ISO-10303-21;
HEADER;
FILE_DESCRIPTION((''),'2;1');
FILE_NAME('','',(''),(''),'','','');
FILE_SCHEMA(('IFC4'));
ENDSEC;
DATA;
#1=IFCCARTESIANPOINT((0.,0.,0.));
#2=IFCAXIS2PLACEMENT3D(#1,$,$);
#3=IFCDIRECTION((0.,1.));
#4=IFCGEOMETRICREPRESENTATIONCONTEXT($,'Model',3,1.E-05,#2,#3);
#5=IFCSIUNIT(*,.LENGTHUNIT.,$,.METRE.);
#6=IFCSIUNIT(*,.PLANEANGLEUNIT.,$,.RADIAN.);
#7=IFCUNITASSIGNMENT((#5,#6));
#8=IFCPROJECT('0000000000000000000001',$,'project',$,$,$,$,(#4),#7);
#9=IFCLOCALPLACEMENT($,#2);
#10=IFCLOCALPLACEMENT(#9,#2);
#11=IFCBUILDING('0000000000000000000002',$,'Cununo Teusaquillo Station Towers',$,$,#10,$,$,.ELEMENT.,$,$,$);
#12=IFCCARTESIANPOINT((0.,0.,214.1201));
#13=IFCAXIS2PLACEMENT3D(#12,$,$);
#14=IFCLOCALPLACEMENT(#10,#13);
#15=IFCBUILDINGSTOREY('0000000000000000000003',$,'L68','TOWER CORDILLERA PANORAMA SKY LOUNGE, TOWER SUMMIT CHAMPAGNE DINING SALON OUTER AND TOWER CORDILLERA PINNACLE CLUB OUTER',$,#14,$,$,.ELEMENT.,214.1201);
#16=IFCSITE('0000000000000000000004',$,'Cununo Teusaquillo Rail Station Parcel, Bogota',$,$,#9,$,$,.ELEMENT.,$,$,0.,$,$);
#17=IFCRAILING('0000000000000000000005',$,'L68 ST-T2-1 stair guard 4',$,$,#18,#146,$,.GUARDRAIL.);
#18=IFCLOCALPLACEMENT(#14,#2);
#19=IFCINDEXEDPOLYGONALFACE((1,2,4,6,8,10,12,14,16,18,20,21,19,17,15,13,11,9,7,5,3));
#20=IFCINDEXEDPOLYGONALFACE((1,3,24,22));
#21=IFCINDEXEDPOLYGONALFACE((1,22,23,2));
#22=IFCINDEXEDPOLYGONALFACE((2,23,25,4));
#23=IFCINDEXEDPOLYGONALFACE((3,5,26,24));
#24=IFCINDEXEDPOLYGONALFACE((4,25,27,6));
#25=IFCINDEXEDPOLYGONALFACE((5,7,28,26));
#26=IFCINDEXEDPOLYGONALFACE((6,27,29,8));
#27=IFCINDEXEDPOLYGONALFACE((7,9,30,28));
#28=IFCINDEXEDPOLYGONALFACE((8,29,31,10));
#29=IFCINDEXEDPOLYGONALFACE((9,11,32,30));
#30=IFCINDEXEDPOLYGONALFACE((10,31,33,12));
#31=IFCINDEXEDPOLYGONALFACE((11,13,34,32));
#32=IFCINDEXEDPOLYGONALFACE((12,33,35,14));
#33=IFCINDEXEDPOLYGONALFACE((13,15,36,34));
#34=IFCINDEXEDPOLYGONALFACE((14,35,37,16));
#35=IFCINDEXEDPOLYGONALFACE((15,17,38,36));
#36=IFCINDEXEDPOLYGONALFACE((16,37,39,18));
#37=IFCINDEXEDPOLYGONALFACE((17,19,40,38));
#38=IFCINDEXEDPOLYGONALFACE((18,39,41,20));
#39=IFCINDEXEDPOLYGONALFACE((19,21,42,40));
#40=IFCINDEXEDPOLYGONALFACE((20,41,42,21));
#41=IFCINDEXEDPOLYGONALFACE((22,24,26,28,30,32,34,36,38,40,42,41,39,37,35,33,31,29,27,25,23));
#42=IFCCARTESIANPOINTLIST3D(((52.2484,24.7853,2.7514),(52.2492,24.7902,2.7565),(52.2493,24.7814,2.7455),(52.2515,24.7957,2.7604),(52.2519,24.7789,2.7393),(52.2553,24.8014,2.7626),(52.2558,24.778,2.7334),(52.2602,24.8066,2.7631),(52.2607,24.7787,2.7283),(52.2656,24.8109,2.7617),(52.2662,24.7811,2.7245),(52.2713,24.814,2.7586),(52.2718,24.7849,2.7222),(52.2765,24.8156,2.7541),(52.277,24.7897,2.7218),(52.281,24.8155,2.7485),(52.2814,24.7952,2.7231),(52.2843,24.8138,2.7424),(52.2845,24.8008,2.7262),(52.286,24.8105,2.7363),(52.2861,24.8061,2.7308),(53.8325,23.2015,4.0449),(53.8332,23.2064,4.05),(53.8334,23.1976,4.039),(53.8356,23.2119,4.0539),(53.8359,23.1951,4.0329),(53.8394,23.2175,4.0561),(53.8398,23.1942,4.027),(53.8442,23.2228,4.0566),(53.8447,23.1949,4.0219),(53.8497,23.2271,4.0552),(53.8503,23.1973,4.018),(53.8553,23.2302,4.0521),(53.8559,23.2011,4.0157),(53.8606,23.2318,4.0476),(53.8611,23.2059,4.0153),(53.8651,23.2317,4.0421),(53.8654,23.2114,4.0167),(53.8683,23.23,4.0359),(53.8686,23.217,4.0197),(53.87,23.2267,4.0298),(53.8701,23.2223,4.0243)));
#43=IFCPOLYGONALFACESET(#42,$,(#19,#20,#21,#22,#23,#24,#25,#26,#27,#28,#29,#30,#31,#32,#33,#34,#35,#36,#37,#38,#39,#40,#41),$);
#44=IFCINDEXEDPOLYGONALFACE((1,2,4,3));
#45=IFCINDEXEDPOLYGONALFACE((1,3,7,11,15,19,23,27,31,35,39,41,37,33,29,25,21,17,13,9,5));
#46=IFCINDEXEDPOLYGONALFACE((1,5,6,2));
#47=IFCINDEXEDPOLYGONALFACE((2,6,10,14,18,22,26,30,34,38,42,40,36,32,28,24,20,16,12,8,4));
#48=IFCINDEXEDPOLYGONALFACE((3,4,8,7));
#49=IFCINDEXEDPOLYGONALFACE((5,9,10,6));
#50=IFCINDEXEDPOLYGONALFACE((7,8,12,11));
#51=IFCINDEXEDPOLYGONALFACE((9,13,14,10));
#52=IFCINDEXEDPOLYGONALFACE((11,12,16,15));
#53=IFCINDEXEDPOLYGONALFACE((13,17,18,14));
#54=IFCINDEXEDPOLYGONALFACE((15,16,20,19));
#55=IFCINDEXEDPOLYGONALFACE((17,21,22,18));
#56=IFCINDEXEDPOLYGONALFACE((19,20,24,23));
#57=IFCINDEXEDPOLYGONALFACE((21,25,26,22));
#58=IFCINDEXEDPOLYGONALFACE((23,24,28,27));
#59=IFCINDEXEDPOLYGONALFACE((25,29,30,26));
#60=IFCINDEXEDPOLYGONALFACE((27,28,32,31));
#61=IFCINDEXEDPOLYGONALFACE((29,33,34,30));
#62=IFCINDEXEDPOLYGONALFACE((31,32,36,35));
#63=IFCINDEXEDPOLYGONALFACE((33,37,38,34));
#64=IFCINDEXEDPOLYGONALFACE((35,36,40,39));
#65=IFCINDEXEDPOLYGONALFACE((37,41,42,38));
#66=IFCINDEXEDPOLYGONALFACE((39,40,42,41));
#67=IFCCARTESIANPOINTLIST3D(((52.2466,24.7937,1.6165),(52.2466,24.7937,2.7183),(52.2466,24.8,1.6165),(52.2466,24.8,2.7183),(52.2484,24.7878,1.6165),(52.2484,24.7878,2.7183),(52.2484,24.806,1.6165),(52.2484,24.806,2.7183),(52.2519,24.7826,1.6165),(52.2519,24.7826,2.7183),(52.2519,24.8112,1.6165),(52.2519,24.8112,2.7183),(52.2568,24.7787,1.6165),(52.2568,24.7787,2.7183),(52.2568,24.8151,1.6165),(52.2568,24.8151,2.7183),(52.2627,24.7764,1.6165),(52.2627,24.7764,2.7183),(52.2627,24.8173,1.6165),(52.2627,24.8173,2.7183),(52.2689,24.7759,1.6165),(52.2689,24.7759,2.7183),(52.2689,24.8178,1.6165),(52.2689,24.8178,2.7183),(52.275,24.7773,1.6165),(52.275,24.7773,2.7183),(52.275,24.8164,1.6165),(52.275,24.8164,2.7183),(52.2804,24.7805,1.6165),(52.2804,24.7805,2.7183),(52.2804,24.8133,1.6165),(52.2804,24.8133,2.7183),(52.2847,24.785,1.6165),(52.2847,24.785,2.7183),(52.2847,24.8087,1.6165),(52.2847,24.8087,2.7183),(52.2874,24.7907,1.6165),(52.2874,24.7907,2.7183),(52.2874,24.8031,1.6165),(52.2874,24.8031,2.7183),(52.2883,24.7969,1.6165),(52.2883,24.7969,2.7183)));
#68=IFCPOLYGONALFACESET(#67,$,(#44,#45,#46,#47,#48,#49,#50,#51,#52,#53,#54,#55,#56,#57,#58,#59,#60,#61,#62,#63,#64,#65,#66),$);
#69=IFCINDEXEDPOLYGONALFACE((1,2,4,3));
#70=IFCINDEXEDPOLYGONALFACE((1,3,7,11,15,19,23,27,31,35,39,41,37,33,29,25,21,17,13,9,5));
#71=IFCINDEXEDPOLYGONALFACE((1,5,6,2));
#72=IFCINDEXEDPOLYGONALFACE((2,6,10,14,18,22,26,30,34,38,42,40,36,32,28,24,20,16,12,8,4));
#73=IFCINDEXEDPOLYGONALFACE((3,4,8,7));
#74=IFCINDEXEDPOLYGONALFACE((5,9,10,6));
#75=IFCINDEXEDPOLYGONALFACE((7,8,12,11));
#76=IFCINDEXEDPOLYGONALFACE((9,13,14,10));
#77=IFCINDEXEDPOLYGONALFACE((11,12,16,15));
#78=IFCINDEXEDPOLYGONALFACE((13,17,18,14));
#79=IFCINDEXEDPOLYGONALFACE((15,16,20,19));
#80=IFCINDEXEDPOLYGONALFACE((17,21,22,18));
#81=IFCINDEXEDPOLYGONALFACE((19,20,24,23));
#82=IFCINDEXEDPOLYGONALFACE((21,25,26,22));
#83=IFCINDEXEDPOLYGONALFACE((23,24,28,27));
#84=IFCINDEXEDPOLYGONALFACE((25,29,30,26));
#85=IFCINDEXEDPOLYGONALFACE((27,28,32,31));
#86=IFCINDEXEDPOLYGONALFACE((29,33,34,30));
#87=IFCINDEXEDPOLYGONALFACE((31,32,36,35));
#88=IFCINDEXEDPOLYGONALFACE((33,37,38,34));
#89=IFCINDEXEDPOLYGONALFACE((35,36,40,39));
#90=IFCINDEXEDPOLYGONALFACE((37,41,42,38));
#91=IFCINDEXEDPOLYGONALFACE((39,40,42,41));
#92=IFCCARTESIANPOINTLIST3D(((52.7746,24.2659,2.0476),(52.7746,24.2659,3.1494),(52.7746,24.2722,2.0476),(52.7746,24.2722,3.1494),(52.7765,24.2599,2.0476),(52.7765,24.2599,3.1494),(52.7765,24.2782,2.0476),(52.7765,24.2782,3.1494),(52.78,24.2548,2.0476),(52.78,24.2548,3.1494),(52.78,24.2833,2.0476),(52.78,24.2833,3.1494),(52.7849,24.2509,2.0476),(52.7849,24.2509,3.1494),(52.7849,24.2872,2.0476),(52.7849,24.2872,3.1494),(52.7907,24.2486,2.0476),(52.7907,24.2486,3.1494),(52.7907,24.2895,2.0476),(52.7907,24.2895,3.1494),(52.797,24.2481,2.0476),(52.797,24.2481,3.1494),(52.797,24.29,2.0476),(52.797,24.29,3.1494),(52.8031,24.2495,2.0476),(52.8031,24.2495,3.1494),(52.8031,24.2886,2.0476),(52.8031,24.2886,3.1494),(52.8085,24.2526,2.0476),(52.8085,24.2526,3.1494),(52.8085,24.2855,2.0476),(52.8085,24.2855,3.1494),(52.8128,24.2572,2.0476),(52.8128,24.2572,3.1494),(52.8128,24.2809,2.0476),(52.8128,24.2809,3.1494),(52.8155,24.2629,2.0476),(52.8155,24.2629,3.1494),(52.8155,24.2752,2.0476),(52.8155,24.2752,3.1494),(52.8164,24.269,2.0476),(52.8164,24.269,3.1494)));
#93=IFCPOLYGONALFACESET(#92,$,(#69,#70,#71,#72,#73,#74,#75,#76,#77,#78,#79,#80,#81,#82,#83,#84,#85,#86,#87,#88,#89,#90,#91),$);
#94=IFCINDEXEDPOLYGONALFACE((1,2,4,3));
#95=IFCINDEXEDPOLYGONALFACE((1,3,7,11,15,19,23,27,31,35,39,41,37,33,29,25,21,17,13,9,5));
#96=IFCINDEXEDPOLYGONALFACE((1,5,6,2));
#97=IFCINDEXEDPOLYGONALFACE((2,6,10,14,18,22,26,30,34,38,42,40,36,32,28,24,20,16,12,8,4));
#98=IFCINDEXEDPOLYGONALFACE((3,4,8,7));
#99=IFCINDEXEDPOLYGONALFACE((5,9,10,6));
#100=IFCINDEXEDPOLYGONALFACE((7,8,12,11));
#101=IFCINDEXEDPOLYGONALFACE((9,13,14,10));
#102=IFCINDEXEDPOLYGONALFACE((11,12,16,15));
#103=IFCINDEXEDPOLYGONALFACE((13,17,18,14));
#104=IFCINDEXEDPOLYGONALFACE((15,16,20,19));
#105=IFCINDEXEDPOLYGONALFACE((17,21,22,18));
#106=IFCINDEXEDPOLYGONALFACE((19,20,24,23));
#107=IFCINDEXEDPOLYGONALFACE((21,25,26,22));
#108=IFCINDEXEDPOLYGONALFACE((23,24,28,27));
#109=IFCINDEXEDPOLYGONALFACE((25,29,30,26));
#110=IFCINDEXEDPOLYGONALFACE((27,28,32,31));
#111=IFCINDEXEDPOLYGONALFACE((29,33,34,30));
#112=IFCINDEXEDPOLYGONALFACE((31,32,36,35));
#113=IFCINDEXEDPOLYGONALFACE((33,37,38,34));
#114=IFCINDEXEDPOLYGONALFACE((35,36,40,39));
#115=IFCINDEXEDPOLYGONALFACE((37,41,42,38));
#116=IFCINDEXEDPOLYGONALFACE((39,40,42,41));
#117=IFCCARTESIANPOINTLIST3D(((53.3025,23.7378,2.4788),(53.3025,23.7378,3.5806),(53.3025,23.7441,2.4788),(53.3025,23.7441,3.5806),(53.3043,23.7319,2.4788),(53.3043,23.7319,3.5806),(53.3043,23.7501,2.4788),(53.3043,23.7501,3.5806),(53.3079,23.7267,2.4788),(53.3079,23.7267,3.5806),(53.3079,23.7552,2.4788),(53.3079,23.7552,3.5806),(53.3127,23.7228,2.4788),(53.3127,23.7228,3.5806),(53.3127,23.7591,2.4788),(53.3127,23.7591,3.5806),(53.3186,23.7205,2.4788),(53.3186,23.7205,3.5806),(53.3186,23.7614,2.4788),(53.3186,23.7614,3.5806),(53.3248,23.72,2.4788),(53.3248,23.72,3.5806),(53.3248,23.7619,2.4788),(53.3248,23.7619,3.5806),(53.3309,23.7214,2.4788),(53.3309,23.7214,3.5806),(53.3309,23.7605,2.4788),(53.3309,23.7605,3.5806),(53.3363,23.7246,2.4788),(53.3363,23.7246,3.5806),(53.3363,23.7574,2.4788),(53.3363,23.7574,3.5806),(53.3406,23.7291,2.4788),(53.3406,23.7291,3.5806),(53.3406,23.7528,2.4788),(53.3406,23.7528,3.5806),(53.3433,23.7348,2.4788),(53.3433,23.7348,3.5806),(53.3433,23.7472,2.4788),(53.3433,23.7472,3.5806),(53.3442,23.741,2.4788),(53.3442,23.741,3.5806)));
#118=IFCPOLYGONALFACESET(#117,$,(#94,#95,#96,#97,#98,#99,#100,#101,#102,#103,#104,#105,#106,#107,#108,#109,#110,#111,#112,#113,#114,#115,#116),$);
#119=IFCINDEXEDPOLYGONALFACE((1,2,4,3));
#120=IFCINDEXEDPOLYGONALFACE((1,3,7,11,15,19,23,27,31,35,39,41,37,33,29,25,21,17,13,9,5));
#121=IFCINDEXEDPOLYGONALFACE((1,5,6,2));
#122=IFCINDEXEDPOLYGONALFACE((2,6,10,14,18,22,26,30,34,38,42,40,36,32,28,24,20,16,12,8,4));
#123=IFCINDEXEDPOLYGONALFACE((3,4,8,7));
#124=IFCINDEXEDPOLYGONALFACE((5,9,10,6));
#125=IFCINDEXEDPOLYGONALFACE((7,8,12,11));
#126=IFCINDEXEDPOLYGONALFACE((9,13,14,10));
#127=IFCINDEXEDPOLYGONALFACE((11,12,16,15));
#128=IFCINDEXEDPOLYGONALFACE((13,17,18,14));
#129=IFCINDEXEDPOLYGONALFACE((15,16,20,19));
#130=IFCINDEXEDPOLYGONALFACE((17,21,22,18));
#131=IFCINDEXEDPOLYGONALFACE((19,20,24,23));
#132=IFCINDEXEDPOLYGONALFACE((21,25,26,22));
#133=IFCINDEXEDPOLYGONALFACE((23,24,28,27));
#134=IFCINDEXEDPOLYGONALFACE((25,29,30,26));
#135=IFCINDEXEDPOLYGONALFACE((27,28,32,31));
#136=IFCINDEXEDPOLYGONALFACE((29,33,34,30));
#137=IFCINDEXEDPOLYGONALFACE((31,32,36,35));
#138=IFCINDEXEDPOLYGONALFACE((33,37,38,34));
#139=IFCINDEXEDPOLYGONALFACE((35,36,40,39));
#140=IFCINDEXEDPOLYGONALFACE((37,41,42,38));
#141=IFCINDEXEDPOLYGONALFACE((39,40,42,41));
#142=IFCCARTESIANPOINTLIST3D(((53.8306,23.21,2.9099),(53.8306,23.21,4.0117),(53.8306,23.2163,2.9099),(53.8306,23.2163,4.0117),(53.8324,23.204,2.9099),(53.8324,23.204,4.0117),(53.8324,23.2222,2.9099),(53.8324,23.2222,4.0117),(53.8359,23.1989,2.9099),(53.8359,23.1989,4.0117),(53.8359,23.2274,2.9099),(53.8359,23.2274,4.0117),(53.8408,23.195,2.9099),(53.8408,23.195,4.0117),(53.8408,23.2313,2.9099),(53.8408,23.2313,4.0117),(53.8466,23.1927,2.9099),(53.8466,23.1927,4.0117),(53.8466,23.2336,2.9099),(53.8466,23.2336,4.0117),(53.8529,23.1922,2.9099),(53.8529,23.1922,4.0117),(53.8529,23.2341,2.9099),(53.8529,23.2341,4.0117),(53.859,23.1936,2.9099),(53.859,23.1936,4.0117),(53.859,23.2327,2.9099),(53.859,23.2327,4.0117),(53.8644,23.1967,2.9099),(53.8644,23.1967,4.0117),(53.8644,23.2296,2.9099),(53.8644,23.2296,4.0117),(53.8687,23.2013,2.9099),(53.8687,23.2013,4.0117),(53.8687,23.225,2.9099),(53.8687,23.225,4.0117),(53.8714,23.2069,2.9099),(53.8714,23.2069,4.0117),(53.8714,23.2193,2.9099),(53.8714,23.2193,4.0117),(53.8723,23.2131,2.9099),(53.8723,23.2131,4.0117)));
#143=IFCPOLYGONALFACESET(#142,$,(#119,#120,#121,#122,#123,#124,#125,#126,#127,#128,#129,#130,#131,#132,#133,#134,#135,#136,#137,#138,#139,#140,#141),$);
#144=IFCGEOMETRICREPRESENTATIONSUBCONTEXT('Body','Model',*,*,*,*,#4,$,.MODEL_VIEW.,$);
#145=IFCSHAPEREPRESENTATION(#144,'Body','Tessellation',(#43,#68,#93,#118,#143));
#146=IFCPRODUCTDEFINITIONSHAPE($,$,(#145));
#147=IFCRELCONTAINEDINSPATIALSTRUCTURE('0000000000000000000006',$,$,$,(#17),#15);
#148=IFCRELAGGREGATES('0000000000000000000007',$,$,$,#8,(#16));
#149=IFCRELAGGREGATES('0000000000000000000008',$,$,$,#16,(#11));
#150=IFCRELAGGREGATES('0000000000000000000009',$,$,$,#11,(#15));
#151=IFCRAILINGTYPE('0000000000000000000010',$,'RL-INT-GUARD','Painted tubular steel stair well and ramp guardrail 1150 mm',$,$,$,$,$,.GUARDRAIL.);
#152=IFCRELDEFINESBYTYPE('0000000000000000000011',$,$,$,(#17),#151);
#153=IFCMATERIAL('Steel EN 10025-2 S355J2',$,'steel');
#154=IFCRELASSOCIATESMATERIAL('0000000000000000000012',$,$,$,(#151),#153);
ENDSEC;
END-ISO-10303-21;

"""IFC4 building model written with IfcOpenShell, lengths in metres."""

from ifc_helpers import new_model, si_unit, direction, frame, origin, origin_2d, place, context, subcontext, project, spatial, circle, extrude, material, type_object, element, save


model = new_model("IFC4")

# Units and contexts
model_context = context("Model", 3, precision=1e-05, world=origin(), true_north=direction((0.0, 1.0)))
body_context = subcontext(model_context, "Body", "Model", "MODEL_VIEW")
ifc_project = project(units=[si_unit("LENGTHUNIT", "METRE"), si_unit("PLANEANGLEUNIT", "RADIAN")], contexts=[model_context])

# Site, building, storey
site_placement = place(None, origin())
site = spatial("IfcSite", under=ifc_project, at=site_placement, Name="Cununo Teusaquillo Rail Station Parcel, Bogota", CompositionType="ELEMENT", RefElevation=0.0)
building_placement = place(site_placement, origin())
building = spatial("IfcBuilding", under=site, at=building_placement, Name="Cununo Teusaquillo Station Towers", CompositionType="ELEMENT")
storey_placement = place(building_placement, frame((0.0, 0.0, 214.1201)))
storey = spatial("IfcBuildingStorey", under=building, at=storey_placement, Name="L68", Description="TOWER CORDILLERA PANORAMA SKY LOUNGE, TOWER SUMMIT CHAMPAGNE DINING SALON OUTER AND TOWER CORDILLERA PINNACLE CLUB OUTER", CompositionType="ELEMENT", Elevation=214.1201)

# Railing
ifc_material_1 = material(Name="Steel EN 10025-2 S355J2", Category="steel")
railing_type_1 = type_object("IfcRailingType", Name="RL-INT-GUARD", Description="Painted tubular steel stair well and ramp guardrail 1150 mm", PredefinedType="GUARDRAIL", material=ifc_material_1)
railing_1_placement = place(storey_placement, frame((52.2673, 24.7969, 1.6165)))
element("IfcRailing", 1, at=railing_1_placement, inside=storey, type_object=railing_type_1, Name="L68 ST-T2-1 stair guard 4", PredefinedType="GUARDRAIL", context=body_context, shape_type="SweptSolid", body=[
    extrude(circle(Radius=0.0239, at=origin_2d()), frame((0.0, 0.0, 1.126), z_axis=(0.612391, -0.612297, 0.500069), x_axis=(0.707052, 0.707161, 0.0)), (0.0, 0.0, 1.0), 2.5867),
    extrude(circle(Radius=0.021, at=origin_2d()), origin(), (0.0, 0.0, 1.0), 1.1018),
    extrude(circle(Radius=0.021, at=origin_2d()), frame((0.5281, -0.5278, 0.4312)), (0.0, 0.0, 1.0), 1.1018),
    extrude(circle(Radius=0.021, at=origin_2d()), frame((1.0559, -1.0559, 0.8623)), (0.0, 0.0, 1.0), 1.1018),
    extrude(circle(Radius=0.021, at=origin_2d()), frame((1.584, -1.5837, 1.2935)), (0.0, 0.0, 1.0), 1.1018),
])

save(model, "model.ifc")
